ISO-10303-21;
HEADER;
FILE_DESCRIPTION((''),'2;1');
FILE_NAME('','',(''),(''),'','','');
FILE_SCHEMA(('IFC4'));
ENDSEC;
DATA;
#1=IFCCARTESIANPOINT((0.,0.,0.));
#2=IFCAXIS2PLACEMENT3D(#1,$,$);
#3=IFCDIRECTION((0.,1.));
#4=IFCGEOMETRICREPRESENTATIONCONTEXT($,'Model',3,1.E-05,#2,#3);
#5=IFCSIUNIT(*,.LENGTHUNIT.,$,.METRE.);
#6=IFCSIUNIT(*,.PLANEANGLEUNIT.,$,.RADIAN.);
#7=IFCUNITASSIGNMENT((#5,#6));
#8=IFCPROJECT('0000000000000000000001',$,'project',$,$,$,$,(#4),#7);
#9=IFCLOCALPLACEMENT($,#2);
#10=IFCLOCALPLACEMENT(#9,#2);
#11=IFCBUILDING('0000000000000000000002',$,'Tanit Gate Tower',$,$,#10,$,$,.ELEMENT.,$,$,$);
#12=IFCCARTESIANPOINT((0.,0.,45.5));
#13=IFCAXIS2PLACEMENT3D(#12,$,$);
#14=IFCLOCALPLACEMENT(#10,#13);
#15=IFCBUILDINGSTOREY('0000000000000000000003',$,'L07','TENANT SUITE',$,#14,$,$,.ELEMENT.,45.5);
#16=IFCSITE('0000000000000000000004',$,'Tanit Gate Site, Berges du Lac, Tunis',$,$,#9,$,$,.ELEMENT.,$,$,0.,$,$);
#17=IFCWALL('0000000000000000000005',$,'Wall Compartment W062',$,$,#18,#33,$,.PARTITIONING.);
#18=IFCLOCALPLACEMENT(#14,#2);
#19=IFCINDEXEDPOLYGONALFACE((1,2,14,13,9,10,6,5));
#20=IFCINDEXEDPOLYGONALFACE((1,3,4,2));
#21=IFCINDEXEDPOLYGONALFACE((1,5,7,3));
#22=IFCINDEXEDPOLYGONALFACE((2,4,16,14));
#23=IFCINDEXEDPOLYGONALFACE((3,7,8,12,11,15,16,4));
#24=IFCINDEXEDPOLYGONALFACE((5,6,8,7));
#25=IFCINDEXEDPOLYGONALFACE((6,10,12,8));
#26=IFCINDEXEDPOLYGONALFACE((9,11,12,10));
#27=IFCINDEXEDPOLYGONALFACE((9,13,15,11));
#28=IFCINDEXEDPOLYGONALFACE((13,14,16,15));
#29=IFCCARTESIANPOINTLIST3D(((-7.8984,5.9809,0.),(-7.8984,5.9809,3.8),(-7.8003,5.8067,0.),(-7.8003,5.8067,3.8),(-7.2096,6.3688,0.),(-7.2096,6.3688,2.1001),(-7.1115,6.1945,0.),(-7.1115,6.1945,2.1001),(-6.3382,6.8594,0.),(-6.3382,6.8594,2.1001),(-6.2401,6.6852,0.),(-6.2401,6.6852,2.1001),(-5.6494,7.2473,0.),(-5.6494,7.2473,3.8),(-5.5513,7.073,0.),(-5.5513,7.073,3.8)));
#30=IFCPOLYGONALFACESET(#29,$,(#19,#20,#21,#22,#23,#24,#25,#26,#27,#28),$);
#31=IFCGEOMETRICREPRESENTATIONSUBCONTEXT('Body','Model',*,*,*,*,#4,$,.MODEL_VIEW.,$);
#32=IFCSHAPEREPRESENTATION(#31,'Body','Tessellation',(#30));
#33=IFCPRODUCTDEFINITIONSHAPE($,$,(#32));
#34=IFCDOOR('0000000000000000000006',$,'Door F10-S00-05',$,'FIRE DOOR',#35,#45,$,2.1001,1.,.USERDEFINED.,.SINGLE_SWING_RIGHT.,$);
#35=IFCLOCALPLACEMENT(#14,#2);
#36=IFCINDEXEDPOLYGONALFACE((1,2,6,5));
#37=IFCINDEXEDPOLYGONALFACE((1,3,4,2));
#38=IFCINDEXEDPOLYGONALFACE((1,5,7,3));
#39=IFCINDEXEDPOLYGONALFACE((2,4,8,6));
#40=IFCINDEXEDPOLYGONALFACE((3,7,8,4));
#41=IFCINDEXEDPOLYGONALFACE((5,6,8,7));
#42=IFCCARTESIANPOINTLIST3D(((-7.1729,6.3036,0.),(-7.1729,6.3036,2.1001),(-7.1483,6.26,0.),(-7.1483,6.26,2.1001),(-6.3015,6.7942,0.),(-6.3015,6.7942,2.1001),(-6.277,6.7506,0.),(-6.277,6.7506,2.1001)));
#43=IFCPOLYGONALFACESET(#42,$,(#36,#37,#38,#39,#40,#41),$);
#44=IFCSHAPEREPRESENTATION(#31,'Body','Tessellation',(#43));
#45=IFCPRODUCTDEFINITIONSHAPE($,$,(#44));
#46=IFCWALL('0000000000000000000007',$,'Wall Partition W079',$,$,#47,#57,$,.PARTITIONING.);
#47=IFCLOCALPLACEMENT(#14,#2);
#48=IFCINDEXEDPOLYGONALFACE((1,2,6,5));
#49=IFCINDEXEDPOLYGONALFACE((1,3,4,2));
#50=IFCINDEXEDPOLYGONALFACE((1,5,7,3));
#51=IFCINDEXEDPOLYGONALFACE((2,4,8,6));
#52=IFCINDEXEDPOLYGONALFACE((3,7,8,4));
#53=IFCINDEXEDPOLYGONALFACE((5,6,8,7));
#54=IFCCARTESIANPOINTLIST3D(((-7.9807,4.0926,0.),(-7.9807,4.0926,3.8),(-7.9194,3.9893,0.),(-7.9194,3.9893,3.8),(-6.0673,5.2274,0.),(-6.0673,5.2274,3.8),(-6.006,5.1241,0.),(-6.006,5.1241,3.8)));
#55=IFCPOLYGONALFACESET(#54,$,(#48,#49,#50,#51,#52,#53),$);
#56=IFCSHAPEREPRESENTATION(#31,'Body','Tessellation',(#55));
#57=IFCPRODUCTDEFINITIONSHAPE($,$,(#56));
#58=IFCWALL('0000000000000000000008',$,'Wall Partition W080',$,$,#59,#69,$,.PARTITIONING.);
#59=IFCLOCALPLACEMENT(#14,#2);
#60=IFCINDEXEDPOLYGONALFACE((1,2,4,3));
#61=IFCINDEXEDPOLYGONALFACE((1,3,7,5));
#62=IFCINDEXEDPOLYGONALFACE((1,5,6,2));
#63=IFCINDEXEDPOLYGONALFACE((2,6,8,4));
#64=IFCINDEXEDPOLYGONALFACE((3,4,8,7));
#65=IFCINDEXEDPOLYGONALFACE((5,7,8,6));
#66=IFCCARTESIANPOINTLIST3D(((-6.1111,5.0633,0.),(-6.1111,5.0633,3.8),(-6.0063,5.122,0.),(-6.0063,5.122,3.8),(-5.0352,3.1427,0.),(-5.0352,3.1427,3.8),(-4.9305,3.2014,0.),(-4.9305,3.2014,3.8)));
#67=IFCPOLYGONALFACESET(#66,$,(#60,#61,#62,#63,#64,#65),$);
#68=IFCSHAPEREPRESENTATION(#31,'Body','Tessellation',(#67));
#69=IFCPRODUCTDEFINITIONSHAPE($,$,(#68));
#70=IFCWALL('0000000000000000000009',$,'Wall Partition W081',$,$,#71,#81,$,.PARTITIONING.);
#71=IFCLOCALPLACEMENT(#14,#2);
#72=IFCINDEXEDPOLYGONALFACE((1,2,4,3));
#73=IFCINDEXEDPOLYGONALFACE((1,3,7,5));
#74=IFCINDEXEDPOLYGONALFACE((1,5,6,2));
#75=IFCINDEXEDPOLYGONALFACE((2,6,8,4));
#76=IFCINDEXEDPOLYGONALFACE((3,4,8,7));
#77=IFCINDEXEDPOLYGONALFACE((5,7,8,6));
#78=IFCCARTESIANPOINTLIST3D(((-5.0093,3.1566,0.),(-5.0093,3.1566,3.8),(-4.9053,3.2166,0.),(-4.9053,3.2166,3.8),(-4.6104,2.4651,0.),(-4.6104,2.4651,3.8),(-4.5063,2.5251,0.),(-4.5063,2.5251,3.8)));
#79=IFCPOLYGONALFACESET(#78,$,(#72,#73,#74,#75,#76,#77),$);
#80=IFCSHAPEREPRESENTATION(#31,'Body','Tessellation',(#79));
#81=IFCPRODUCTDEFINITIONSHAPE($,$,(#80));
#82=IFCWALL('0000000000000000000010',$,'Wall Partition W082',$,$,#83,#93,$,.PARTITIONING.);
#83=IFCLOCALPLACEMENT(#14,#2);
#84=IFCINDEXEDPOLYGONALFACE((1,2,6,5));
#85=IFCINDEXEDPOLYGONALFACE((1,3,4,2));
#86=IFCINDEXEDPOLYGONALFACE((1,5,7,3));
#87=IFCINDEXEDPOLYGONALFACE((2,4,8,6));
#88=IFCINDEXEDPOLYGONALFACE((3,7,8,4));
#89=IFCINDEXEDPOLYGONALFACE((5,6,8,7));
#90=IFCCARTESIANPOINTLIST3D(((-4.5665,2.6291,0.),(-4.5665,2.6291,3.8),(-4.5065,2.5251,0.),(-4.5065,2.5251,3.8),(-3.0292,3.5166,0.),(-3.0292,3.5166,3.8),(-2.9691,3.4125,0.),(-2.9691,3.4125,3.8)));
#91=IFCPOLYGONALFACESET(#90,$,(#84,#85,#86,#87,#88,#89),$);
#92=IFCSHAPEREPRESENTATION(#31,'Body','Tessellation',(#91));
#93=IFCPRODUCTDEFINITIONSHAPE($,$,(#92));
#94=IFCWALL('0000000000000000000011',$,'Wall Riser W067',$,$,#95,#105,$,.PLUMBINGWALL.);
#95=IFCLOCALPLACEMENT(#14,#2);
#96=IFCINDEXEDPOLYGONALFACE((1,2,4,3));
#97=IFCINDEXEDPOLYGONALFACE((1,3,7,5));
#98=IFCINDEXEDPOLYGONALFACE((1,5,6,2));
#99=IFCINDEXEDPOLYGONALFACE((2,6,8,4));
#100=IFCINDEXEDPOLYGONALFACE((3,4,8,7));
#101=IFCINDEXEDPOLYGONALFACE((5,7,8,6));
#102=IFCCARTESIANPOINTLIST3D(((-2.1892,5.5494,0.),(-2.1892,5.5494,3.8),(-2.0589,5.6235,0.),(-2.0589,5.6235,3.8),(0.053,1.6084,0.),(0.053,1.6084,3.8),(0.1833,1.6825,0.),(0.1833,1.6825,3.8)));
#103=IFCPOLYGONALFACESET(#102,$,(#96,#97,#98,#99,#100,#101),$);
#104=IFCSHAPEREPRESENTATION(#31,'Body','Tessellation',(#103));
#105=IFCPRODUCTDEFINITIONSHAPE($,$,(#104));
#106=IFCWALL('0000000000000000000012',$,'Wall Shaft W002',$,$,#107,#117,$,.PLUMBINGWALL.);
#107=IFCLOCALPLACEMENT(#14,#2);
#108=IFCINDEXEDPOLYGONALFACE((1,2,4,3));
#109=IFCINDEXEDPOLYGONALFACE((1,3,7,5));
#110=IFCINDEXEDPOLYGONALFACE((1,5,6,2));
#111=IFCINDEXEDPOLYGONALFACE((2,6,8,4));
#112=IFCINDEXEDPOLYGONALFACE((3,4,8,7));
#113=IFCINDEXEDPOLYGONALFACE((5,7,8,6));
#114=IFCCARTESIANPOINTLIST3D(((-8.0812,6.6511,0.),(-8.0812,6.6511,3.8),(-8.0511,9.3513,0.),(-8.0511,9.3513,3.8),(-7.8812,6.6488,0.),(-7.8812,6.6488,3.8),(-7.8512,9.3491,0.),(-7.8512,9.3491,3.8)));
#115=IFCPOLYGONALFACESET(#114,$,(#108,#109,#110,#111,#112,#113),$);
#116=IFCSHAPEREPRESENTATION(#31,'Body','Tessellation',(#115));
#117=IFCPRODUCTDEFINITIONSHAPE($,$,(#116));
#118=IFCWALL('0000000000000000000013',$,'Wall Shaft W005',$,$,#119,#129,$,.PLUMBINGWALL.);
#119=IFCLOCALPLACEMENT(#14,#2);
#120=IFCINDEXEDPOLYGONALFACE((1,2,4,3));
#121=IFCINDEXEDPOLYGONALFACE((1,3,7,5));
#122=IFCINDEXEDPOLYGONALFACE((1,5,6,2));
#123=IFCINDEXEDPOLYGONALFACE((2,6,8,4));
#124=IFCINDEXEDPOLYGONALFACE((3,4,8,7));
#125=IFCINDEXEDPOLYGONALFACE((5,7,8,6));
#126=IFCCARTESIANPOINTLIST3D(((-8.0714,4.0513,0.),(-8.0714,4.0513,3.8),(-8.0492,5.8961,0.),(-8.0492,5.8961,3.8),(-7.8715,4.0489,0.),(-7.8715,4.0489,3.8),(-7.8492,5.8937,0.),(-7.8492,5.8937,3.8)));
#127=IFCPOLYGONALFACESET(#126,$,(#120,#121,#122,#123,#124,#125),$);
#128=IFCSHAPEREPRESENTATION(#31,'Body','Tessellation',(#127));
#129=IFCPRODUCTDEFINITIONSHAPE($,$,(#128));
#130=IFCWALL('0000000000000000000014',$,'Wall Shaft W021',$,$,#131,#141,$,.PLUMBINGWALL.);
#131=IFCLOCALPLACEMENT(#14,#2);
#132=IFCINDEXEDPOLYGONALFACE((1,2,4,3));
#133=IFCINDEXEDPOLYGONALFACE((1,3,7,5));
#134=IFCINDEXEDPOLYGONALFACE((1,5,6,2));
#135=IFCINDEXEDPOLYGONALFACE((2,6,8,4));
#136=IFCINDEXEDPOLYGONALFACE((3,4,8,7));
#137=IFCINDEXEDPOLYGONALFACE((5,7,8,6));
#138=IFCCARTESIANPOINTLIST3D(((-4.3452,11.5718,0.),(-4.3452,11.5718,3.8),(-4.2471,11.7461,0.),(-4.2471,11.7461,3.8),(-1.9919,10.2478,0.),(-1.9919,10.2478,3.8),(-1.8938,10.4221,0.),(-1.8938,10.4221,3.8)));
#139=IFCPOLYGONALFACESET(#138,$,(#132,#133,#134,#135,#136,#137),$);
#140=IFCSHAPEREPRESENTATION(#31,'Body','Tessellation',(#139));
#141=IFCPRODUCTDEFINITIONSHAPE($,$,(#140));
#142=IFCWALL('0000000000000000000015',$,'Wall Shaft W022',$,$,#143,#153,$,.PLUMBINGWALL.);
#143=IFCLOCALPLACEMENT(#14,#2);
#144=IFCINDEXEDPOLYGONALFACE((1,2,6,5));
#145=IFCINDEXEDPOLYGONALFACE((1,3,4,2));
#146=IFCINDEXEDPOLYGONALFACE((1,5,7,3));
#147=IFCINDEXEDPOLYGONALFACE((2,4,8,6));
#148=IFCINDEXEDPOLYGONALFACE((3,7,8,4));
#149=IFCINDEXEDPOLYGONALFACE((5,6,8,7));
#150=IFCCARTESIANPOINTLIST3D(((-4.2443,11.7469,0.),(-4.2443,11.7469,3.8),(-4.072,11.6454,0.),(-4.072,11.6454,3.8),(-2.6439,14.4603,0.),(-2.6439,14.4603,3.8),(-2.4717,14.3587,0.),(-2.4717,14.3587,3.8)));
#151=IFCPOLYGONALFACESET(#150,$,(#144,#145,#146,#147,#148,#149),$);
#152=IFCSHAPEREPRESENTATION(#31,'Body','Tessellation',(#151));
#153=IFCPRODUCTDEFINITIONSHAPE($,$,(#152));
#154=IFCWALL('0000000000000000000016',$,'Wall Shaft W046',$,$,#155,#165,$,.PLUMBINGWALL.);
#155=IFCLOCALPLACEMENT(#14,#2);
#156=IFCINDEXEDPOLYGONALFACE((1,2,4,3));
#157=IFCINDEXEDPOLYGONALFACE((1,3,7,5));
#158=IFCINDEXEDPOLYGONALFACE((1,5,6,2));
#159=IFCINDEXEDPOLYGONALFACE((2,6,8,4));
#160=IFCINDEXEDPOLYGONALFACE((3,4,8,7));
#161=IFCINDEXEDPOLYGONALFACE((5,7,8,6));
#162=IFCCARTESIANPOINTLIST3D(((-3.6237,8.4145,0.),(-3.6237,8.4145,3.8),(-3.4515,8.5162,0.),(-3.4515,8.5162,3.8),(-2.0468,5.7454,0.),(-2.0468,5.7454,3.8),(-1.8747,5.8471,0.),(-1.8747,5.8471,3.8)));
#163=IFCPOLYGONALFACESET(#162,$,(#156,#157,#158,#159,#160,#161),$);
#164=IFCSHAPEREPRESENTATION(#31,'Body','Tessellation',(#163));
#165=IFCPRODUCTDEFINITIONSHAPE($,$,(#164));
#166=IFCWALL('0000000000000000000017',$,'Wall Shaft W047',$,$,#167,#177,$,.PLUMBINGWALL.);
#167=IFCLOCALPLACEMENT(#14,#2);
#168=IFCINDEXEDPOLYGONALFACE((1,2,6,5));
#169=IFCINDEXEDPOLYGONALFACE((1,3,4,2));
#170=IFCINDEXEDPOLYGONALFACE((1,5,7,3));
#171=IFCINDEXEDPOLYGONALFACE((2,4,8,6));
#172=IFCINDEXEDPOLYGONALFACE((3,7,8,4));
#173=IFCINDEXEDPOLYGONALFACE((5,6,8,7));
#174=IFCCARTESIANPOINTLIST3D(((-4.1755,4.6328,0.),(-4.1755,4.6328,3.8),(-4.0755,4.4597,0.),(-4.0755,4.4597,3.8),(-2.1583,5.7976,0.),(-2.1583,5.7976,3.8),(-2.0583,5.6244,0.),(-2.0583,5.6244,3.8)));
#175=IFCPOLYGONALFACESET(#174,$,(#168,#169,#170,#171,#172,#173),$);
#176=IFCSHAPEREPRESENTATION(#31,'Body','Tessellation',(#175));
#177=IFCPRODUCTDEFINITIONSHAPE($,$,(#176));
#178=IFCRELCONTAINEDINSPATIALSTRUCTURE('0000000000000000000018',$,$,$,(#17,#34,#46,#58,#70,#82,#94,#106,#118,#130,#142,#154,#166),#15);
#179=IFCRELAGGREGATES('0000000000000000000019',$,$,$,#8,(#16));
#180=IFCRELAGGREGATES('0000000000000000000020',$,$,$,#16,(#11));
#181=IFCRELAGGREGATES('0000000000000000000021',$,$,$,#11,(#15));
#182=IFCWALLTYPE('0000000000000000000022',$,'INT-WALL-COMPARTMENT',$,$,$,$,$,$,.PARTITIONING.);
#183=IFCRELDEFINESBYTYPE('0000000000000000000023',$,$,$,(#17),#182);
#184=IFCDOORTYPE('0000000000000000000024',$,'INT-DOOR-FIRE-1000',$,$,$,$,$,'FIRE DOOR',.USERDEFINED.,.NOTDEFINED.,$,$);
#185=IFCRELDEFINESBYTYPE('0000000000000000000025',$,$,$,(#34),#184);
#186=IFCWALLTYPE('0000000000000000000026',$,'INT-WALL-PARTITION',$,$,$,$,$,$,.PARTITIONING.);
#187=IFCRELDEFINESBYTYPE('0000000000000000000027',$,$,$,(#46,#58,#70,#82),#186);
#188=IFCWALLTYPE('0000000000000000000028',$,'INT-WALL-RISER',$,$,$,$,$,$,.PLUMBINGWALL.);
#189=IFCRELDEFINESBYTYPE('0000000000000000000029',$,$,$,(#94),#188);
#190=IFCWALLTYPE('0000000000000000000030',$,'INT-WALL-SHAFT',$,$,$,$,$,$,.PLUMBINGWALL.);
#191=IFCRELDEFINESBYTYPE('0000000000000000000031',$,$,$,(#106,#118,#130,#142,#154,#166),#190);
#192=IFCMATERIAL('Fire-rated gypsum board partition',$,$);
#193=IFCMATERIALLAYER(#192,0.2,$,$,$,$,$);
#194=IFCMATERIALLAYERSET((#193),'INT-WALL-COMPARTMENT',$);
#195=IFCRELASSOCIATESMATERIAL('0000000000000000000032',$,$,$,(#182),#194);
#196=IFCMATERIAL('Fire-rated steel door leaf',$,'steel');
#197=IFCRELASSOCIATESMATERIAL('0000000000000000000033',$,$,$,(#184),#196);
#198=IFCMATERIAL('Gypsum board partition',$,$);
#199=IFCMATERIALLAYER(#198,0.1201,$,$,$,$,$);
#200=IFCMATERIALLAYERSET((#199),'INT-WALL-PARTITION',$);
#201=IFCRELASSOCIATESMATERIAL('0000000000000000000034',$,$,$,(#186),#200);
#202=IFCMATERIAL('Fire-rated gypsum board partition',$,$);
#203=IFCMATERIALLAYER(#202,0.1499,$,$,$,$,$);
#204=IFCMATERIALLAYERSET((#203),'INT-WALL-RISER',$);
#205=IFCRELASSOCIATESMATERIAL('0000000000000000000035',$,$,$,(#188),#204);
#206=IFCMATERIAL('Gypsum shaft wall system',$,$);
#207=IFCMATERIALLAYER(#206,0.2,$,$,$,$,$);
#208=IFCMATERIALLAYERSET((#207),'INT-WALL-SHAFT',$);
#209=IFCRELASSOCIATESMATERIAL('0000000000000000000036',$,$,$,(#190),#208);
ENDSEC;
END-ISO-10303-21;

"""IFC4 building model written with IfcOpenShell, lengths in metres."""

from ifc_helpers import new_model, si_unit, direction, frame, frame_2d, origin, place, context, subcontext, project, spatial, rectangle, extrude, material, layer, layer_set, type_object, element, fill, save


model = new_model("IFC4")

# Units and contexts
model_context = context("Model", 3, precision=1e-05, world=origin(), true_north=direction((0.0, 1.0)))
body_context = subcontext(model_context, "Body", "Model", "MODEL_VIEW")
ifc_project = project(units=[si_unit("LENGTHUNIT", "METRE"), si_unit("PLANEANGLEUNIT", "RADIAN")], contexts=[model_context])

# Site, building, storey
site_placement = place(None, origin())
site = spatial("IfcSite", under=ifc_project, at=site_placement, Name="Tanit Gate Site, Berges du Lac, Tunis", CompositionType="ELEMENT", RefElevation=0.0)
building_placement = place(site_placement, origin())
building = spatial("IfcBuilding", under=site, at=building_placement, Name="Tanit Gate Tower", CompositionType="ELEMENT")
storey_placement = place(building_placement, frame((0.0, 0.0, 45.5)))
storey = spatial("IfcBuildingStorey", under=building, at=storey_placement, Name="L07", Description="TENANT SUITE", CompositionType="ELEMENT", Elevation=45.5)

# Wall, opening, door
ifc_material_1 = material(Name="Fire-rated gypsum board partition")
ifc_layer_1 = layer(ifc_material_1, 0.2)
ifc_layer_set_1 = layer_set([ifc_layer_1], Name="INT-WALL-COMPARTMENT")
wall_type_1 = type_object("IfcWallType", Name="INT-WALL-COMPARTMENT", PredefinedType="PARTITIONING", material=ifc_layer_set_1)
wall_1_placement = place(storey_placement, frame((-5.6003, 7.1602, 0.0), z_axis=(0.0, 0.0, 1.0), x_axis=(-0.871363, -0.490638, 0.0)))
wall_1 = element("IfcWall", 1, at=wall_1_placement, inside=storey, type_object=wall_type_1, Name="Wall Compartment W062", PredefinedType="PARTITIONING", context=body_context, shape_type="SweptSolid", body=[
    extrude(rectangle(XDim=2.5811, YDim=0.2, at=frame_2d((1.2905, 0.0))), origin(), (0.0, 0.0, 1.0), 3.8),
])
opening_1_placement = place(wall_1_placement, frame((0.7905, 0.0, 0.0)))
opening_1 = element("IfcOpeningElement", 2, at=opening_1_placement, cuts=wall_1, PredefinedType="OPENING", context=body_context, shape_type="SweptSolid", body=[
    extrude(rectangle(XDim=1.0, YDim=2.1001, at=frame_2d((0.5, 1.05))), frame((0.0, 0.1099, 0.0), z_axis=(0.0, -1.0, 0.0), x_axis=(1.0, 0.0, 0.0)), (0.0, 0.0, 1.0), 0.22),
])
ifc_material_2 = material(Name="Fire-rated steel door leaf", Category="steel")
door_type_1 = type_object("IfcDoorType", Name="INT-DOOR-FIRE-1000", ElementType="FIRE DOOR", OperationType="NOTDEFINED", PredefinedType="USERDEFINED", material=ifc_material_2)
door_1_placement = place(opening_1_placement, origin())
door_1 = element("IfcDoor", 3, at=door_1_placement, inside=storey, type_object=door_type_1, Name="Door F10-S00-05", ObjectType="FIRE DOOR", OperationType="SINGLE_SWING_RIGHT", OverallHeight=2.1001, OverallWidth=1.0, PredefinedType="USERDEFINED", context=body_context, shape_type="SweptSolid", body=[
    extrude(rectangle(XDim=1.0, YDim=2.1001, at=frame_2d((0.5, 1.05))), frame((0.0, 0.0249, 0.0), z_axis=(0.0, -1.0, 0.0), x_axis=(1.0, 0.0, 0.0)), (0.0, 0.0, 1.0), 0.05),
])
fill(opening_1, door_1)

# Walls
ifc_material_3 = material(Name="Gypsum board partition")
ifc_layer_2 = layer(ifc_material_3, 0.1201)
ifc_layer_set_2 = layer_set([ifc_layer_2], Name="INT-WALL-PARTITION")
wall_type_2 = type_object("IfcWallType", Name="INT-WALL-PARTITION", PredefinedType="PARTITIONING", material=ifc_layer_set_2)
wall_2_placement = place(storey_placement, frame((-6.0366, 5.1758, 0.0), z_axis=(0.0, 0.0, 1.0), x_axis=(-0.860106, -0.510115, 0.0)))
element("IfcWall", 4, at=wall_2_placement, inside=storey, type_object=wall_type_2, Name="Wall Partition W079", PredefinedType="PARTITIONING", context=body_context, shape_type="SweptSolid", body=[
    extrude(rectangle(XDim=2.2246, YDim=0.1201, at=frame_2d((1.1123, 0.0))), origin(), (0.0, 0.0, 1.0), 3.8),
])
wall_3_placement = place(storey_placement, frame((-4.9829, 3.1721, 0.0), z_axis=(0.0, 0.0, 1.0), x_axis=(-0.488728, 0.872436, 0.0)))
element("IfcWall", 5, at=wall_3_placement, inside=storey, type_object=wall_type_2, Name="Wall Partition W080", PredefinedType="PARTITIONING", context=body_context, shape_type="SweptSolid", body=[
    extrude(rectangle(XDim=2.2014, YDim=0.1201, at=frame_2d((1.1006, 0.0))), origin(), (0.0, 0.0, 1.0), 3.8),
])
wall_4_placement = place(storey_placement, frame((-4.5583, 2.4951, 0.0), z_axis=(0.0, 0.0, 1.0), x_axis=(-0.499758, 0.866165, 0.0)))
element("IfcWall", 6, at=wall_4_placement, inside=storey, type_object=wall_type_2, Name="Wall Partition W081", PredefinedType="PARTITIONING", context=body_context, shape_type="SweptSolid", body=[
    extrude(rectangle(XDim=0.7983, YDim=0.1201, at=frame_2d((0.3992, 0.0))), origin(), (0.0, 0.0, 1.0), 3.8),
])
wall_5_placement = place(storey_placement, frame((-2.999, 3.4646, 0.0), z_axis=(0.0, 0.0, 1.0), x_axis=(-0.86606, -0.499941, 0.0)))
element("IfcWall", 7, at=wall_5_placement, inside=storey, type_object=wall_type_2, Name="Wall Partition W082", PredefinedType="PARTITIONING", context=body_context, shape_type="SweptSolid", body=[
    extrude(rectangle(XDim=1.7751, YDim=0.1201, at=frame_2d((0.8877, 0.0))), origin(), (0.0, 0.0, 1.0), 3.8),
])
ifc_material_4 = material(Name="Fire-rated gypsum board partition")
ifc_layer_3 = layer(ifc_material_4, 0.1499)
ifc_layer_set_3 = layer_set([ifc_layer_3], Name="INT-WALL-RISER")
wall_type_3 = type_object("IfcWallType", Name="INT-WALL-RISER", PredefinedType="PLUMBINGWALL", material=ifc_layer_set_3)
wall_6_placement = place(storey_placement, frame((-2.124, 5.5864, 0.0), z_axis=(0.0, 0.0, 1.0), x_axis=(0.494514, -0.869169, 0.0)))
element("IfcWall", 8, at=wall_6_placement, inside=storey, type_object=wall_type_3, Name="Wall Riser W067", PredefinedType="PLUMBINGWALL", context=body_context, shape_type="SweptSolid", body=[
    extrude(rectangle(XDim=4.5342, YDim=0.1499, at=frame_2d((2.2671, 0.0))), origin(), (0.0, 0.0, 1.0), 3.8),
])
ifc_material_5 = material(Name="Gypsum shaft wall system")
ifc_layer_4 = layer(ifc_material_5, 0.2)
ifc_layer_set_4 = layer_set([ifc_layer_4], Name="INT-WALL-SHAFT")
wall_type_4 = type_object("IfcWallType", Name="INT-WALL-SHAFT", PredefinedType="PLUMBINGWALL", material=ifc_layer_set_4)
wall_7_placement = place(storey_placement, frame((-7.9512, 9.3501, 0.0), z_axis=(0.0, 0.0, 1.0), x_axis=(-0.01112, -0.999938, 0.0)))
element("IfcWall", 9, at=wall_7_placement, inside=storey, type_object=wall_type_4, Name="Wall Shaft W002", PredefinedType="PLUMBINGWALL", context=body_context, shape_type="SweptSolid", body=[
    extrude(rectangle(XDim=2.7004, YDim=0.2, at=frame_2d((1.3501, 0.0))), origin(), (0.0, 0.0, 1.0), 3.8),
])
wall_8_placement = place(storey_placement, frame((-7.9492, 5.8948, 0.0), z_axis=(0.0, 0.0, 1.0), x_axis=(-0.012043, -0.999927, 0.0)))
element("IfcWall", 10, at=wall_8_placement, inside=storey, type_object=wall_type_4, Name="Wall Shaft W005", PredefinedType="PLUMBINGWALL", context=body_context, shape_type="SweptSolid", body=[
    extrude(rectangle(XDim=1.845, YDim=0.2, at=frame_2d((0.9224, 0.0))), origin(), (0.0, 0.0, 1.0), 3.8),
])
wall_9_placement = place(storey_placement, frame((-4.2961, 11.6589, 0.0), z_axis=(0.0, 0.0, 1.0), x_axis=(0.871534, -0.490334, 0.0)))
element("IfcWall", 11, at=wall_9_placement, inside=storey, type_object=wall_type_4, Name="Wall Shaft W021", PredefinedType="PLUMBINGWALL", context=body_context, shape_type="SweptSolid", body=[
    extrude(rectangle(XDim=2.7002, YDim=0.2, at=frame_2d((1.3501, 0.0))), origin(), (0.0, 0.0, 1.0), 3.8),
])
wall_10_placement = place(storey_placement, frame((-4.1582, 11.696, 0.0), z_axis=(0.0, 0.0, 1.0), x_axis=(0.508019, 0.861346, 0.0)))
element("IfcWall", 12, at=wall_10_placement, inside=storey, type_object=wall_type_4, Name="Wall Shaft W022", PredefinedType="PLUMBINGWALL", context=body_context, shape_type="SweptSolid", body=[
    extrude(rectangle(XDim=3.1501, YDim=0.2, at=frame_2d((1.5752, 0.0))), origin(), (0.0, 0.0, 1.0), 3.8),
])

# Walls
wall_11_placement = place(storey_placement, frame((-3.5376, 8.4653, 0.0), z_axis=(0.0, 0.0, 1.0), x_axis=(0.508647, -0.860975, 0.0)))
element("IfcWall", 13, at=wall_11_placement, inside=storey, type_object=wall_type_4, Name="Wall Shaft W046", PredefinedType="PLUMBINGWALL", context=body_context, shape_type="SweptSolid", body=[
    extrude(rectangle(XDim=3.1001, YDim=0.2, at=frame_2d((1.55, 0.0))), origin(), (0.0, 0.0, 1.0), 3.8),
])
wall_12_placement = place(storey_placement, frame((-2.1084, 5.7109, 0.0), z_axis=(0.0, 0.0, 1.0), x_axis=(-0.866009, -0.500028, 0.0)))
element("IfcWall", 14, at=wall_12_placement, inside=storey, type_object=wall_type_4, Name="Wall Shaft W047", PredefinedType="PLUMBINGWALL", context=body_context, shape_type="SweptSolid", body=[
    extrude(rectangle(XDim=2.3293, YDim=0.2, at=frame_2d((1.1646, 0.0))), origin(), (0.0, 0.0, 1.0), 3.8),
])

save(model, "model.ifc")
